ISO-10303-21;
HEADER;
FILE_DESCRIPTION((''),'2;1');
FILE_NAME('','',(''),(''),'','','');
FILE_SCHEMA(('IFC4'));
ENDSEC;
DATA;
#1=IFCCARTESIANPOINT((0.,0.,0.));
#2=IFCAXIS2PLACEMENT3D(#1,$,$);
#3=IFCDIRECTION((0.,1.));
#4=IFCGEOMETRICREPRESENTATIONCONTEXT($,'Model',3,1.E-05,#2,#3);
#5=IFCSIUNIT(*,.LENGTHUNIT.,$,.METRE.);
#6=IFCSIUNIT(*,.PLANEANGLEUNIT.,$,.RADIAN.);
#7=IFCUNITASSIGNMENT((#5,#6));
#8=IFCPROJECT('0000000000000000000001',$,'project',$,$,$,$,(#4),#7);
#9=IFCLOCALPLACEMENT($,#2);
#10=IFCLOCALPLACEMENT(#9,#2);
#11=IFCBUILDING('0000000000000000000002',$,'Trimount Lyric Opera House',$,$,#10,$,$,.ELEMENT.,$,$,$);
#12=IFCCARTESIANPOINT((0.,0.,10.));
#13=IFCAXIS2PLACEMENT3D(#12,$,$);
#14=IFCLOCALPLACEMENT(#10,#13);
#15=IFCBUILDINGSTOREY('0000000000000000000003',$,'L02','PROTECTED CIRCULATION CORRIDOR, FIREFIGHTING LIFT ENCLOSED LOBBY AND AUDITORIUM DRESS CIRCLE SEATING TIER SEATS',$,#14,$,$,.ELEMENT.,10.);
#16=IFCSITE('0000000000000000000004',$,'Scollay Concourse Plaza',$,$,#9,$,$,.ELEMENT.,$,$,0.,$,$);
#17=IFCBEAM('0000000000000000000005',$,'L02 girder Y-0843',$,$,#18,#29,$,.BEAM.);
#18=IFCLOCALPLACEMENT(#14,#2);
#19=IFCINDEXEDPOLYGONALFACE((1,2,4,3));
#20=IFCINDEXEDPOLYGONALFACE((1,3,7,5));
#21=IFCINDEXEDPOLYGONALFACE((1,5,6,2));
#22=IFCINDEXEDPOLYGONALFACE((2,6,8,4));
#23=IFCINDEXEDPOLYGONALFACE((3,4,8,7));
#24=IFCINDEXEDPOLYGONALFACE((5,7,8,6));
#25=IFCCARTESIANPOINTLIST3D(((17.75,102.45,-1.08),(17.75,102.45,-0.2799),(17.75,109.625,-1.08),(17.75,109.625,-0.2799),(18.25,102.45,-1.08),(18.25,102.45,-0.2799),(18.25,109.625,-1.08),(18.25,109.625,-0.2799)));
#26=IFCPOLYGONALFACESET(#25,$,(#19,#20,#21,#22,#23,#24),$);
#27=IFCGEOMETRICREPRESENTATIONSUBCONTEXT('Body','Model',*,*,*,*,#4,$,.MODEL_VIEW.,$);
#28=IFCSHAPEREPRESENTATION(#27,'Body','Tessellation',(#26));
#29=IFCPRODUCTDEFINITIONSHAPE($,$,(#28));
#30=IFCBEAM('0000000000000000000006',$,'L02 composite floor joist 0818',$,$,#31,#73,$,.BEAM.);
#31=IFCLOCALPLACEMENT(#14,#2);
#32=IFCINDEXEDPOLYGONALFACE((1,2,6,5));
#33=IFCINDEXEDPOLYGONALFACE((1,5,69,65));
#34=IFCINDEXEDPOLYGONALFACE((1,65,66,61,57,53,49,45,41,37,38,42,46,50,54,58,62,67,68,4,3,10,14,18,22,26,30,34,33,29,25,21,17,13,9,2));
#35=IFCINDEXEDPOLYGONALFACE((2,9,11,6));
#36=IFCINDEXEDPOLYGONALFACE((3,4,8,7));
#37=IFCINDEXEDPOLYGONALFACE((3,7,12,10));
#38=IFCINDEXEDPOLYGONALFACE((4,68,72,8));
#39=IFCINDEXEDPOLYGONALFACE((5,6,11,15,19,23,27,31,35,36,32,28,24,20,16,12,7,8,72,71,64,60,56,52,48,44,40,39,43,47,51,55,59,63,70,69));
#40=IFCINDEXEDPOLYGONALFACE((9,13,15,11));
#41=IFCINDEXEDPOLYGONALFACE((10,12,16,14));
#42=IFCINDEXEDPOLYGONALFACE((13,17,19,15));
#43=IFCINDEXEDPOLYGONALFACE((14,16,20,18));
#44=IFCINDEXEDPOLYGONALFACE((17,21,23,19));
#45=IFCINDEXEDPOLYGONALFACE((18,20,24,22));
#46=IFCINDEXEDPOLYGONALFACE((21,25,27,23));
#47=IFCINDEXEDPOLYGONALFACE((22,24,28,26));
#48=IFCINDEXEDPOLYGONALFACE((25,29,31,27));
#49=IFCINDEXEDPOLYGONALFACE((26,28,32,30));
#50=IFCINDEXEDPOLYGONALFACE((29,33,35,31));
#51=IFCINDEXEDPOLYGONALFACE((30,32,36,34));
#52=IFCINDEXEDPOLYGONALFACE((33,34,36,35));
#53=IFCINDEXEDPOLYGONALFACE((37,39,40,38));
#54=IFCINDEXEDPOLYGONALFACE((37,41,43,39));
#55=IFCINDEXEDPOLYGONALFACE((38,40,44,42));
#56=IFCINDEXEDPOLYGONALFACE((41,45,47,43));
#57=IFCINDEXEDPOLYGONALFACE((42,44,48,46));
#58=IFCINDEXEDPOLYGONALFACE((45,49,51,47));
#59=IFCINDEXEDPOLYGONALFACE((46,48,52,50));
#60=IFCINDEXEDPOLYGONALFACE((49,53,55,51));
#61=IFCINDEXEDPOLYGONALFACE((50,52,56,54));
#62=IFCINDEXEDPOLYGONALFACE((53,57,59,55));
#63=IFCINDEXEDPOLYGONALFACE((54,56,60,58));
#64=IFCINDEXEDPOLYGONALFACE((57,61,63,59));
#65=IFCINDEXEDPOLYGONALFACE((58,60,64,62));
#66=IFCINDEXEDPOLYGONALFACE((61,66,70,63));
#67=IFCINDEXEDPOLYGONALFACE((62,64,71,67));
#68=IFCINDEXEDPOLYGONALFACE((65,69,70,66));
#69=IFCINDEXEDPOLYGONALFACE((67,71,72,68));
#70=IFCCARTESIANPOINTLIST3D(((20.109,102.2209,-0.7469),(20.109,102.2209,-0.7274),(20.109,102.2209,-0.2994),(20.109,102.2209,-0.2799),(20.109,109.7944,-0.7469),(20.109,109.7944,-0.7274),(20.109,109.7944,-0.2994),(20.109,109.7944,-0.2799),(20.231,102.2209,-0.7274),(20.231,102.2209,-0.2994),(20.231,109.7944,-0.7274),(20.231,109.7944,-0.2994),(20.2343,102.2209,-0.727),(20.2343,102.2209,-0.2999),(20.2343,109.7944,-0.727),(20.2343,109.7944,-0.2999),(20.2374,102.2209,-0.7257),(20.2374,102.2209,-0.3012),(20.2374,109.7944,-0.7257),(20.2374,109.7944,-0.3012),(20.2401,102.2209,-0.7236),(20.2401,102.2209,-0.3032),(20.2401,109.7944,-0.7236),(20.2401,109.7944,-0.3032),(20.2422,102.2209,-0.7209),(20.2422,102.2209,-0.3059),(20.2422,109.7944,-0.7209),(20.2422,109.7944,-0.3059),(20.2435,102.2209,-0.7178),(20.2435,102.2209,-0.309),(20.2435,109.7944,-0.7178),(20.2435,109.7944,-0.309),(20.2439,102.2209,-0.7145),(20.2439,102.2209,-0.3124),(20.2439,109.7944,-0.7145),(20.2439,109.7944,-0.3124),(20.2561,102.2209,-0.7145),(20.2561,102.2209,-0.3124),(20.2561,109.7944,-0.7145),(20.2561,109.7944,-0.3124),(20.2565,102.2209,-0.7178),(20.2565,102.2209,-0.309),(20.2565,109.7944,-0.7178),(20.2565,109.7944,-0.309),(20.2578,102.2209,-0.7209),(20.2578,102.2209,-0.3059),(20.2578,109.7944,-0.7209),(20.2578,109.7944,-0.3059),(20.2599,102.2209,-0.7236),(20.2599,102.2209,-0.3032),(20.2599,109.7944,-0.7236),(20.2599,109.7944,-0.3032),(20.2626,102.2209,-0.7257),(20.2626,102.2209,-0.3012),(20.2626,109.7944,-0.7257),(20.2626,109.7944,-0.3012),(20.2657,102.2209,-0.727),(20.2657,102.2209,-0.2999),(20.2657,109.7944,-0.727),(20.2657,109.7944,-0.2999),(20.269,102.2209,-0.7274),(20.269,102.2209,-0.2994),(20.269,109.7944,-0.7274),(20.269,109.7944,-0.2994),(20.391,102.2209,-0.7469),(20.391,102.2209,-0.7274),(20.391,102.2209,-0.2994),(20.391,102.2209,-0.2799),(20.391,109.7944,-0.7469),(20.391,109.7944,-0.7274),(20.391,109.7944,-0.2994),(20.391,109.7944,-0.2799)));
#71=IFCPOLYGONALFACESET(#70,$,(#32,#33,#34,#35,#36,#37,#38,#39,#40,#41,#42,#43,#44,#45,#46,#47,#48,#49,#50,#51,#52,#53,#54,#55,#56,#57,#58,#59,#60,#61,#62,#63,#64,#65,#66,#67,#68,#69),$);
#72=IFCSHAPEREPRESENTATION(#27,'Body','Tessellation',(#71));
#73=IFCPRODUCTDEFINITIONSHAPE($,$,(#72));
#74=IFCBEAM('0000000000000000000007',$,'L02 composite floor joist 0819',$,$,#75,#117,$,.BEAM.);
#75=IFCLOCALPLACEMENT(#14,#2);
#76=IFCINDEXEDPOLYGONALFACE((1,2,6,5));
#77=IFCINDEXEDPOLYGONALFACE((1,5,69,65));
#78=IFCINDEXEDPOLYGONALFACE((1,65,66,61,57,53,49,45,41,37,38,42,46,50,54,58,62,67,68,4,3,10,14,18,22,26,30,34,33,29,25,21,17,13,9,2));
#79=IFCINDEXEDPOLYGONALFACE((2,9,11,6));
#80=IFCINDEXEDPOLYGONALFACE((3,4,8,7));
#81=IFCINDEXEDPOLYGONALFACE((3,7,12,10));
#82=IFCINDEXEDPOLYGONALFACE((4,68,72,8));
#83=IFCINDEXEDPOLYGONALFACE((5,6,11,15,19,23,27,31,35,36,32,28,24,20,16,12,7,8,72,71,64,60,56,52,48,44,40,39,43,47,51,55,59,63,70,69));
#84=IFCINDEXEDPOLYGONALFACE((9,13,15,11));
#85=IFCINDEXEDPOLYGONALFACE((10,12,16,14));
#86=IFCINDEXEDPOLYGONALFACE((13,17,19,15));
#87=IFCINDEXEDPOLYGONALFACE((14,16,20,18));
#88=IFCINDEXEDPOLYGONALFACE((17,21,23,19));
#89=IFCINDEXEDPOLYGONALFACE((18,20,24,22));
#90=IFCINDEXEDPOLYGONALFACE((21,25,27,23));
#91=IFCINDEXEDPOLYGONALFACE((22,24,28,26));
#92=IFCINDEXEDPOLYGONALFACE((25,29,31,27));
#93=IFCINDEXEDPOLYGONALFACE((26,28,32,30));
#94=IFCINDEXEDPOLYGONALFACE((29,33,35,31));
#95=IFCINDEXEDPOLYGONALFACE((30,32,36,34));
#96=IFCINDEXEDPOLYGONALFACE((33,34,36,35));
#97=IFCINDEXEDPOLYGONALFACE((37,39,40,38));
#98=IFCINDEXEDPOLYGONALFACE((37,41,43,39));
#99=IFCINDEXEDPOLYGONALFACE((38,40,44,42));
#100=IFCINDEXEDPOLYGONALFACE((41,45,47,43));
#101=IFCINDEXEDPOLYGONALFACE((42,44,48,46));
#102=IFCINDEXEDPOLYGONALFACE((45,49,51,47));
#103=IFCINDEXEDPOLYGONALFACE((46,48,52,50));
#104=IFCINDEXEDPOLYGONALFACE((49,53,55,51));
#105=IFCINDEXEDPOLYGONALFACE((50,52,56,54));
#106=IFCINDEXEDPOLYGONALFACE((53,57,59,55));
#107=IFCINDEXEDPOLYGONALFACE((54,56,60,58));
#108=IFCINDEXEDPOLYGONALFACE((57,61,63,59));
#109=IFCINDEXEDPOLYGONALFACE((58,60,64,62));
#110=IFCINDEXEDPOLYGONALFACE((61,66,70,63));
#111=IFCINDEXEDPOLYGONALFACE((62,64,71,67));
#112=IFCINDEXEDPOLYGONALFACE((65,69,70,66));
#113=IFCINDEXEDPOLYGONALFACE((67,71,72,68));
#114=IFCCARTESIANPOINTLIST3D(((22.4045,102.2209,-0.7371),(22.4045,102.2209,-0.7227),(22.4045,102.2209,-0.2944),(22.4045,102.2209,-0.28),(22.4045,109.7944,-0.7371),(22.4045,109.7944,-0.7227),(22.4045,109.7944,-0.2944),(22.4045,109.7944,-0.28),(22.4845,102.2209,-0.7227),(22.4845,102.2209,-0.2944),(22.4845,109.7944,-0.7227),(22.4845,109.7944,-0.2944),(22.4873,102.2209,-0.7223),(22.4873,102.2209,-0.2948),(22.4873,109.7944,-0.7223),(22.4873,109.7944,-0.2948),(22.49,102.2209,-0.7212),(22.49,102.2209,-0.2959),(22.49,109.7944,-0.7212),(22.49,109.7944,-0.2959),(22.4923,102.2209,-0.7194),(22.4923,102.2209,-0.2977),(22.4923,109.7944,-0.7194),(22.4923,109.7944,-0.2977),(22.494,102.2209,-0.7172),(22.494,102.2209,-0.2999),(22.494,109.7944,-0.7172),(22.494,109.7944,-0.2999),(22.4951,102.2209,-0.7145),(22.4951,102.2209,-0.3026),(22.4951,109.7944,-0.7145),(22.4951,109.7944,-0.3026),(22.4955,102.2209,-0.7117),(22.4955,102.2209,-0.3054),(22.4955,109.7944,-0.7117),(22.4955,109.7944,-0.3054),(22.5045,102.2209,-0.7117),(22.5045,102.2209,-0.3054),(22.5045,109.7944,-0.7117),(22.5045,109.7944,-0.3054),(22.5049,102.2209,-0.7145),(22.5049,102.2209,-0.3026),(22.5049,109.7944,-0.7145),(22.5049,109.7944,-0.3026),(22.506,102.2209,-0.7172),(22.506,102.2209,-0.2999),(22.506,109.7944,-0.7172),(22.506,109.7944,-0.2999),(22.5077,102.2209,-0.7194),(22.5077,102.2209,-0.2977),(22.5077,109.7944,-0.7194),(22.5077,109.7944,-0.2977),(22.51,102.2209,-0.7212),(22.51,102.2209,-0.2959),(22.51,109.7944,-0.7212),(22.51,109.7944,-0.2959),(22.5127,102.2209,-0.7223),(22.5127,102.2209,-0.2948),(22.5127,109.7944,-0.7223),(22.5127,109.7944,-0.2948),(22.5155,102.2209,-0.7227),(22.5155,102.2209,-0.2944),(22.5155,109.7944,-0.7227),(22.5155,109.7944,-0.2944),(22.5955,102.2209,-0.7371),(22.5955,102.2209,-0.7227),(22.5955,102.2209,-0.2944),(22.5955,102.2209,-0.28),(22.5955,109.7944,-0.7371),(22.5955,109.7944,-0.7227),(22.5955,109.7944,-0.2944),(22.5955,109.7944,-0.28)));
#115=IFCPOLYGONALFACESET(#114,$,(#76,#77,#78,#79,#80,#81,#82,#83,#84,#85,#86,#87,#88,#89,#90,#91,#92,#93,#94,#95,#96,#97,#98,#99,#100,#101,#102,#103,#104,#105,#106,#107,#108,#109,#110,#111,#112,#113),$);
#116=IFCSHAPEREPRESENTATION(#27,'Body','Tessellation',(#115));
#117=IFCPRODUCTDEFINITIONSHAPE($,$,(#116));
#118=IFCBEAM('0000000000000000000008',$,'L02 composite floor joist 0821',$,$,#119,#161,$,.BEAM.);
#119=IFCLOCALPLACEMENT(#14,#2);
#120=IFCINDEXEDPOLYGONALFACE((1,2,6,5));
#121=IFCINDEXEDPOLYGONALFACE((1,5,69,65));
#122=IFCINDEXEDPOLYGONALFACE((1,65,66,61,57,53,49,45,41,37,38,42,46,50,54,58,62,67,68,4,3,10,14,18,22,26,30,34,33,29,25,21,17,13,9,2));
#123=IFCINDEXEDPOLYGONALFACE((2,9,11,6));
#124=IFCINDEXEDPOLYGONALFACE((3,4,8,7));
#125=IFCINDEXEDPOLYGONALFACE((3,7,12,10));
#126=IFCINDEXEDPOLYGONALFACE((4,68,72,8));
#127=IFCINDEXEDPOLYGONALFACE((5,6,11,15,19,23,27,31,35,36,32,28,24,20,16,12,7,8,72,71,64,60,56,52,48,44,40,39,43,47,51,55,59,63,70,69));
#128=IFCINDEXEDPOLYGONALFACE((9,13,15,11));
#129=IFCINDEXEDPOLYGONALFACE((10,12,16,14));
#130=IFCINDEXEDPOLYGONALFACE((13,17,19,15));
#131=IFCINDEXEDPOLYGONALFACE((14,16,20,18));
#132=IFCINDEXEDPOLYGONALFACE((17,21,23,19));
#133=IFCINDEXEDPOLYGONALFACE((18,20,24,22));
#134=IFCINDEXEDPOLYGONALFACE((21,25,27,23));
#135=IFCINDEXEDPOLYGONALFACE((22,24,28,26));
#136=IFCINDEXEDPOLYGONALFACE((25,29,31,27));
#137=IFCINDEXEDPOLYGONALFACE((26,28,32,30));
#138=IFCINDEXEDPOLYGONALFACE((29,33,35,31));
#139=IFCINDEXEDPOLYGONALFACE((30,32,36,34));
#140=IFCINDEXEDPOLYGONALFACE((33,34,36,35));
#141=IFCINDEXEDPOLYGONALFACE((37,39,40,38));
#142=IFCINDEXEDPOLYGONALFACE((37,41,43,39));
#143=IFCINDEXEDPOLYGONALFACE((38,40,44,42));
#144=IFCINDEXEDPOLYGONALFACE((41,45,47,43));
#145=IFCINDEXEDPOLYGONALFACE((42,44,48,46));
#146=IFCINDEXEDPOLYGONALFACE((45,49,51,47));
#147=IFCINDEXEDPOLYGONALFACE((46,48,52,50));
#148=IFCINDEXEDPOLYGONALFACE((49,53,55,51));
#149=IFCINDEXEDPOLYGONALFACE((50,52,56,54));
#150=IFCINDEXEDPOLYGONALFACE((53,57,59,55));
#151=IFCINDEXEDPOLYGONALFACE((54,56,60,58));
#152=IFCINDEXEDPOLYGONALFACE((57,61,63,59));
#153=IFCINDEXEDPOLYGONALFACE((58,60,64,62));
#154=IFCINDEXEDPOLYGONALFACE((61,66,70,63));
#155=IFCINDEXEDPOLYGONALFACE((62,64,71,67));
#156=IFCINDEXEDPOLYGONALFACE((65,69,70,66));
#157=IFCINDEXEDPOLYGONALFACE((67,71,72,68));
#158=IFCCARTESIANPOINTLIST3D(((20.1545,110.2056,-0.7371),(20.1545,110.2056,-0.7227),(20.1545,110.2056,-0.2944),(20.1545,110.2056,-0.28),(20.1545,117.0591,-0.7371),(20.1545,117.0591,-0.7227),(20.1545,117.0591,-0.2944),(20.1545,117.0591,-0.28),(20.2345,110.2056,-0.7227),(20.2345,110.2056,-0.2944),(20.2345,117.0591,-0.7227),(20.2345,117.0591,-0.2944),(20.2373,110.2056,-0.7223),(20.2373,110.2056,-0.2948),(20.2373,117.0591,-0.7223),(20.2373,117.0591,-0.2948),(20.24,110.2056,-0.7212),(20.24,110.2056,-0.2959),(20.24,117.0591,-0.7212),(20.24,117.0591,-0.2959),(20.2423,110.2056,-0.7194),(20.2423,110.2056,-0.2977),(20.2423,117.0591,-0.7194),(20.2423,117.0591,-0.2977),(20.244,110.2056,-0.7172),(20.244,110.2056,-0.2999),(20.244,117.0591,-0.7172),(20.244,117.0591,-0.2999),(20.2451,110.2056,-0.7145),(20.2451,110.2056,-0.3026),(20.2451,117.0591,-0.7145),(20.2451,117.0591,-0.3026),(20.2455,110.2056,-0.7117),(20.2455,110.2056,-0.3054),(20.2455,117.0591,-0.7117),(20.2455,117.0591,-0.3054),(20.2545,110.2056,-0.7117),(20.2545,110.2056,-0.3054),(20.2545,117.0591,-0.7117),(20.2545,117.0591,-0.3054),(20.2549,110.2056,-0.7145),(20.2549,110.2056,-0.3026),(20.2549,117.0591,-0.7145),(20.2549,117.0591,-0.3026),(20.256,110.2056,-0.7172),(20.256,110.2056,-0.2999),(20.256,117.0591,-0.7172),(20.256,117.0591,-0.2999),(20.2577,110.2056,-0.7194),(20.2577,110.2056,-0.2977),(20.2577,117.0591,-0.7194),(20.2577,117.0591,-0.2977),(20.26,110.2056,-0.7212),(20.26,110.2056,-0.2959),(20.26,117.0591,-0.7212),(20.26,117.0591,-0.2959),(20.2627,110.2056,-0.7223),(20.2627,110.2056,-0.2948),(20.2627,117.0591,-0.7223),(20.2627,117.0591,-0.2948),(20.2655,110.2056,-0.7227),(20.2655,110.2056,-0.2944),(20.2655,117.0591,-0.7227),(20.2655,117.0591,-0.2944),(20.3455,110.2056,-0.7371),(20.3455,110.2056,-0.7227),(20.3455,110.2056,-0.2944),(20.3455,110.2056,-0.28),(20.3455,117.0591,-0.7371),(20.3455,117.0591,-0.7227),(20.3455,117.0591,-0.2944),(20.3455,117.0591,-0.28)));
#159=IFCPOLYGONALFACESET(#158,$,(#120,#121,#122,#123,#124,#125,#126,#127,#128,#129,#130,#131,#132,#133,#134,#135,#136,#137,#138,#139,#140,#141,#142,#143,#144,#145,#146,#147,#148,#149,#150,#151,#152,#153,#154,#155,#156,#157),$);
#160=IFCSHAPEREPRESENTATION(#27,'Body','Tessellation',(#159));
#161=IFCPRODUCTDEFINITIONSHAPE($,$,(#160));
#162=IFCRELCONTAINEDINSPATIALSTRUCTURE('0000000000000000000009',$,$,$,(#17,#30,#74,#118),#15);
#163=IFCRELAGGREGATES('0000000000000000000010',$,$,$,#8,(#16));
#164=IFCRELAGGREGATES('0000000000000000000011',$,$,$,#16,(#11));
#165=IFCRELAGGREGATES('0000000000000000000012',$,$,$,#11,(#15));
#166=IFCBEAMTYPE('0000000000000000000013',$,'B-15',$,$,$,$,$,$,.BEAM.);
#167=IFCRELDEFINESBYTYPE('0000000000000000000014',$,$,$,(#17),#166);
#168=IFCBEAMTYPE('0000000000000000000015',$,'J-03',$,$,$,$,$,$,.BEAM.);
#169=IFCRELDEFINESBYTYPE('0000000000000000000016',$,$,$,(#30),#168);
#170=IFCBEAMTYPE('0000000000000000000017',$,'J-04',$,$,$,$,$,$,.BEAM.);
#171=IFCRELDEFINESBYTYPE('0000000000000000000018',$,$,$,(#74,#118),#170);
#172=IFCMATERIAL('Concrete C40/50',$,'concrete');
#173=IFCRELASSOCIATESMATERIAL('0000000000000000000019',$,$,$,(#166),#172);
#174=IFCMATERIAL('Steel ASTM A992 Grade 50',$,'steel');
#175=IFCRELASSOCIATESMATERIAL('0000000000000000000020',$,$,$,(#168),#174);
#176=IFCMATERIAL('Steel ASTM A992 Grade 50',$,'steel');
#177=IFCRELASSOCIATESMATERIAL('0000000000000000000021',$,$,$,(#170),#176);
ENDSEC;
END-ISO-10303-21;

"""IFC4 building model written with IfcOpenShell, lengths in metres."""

from ifc_helpers import new_model, si_unit, direction, frame, origin, origin_2d, place, context, subcontext, project, spatial, rectangle, i_section, extrude, material, material_profile, profile_set, type_object, element, save


model = new_model("IFC4")

# Units and contexts
model_context = context("Model", 3, precision=1e-05, world=origin(), true_north=direction((0.0, 1.0)))
body_context = subcontext(model_context, "Body", "Model", "MODEL_VIEW")
ifc_project = project(units=[si_unit("LENGTHUNIT", "METRE"), si_unit("PLANEANGLEUNIT", "RADIAN")], contexts=[model_context])

# Site, building, storey
site_placement = place(None, origin())
site = spatial("IfcSite", under=ifc_project, at=site_placement, Name="Scollay Concourse Plaza", CompositionType="ELEMENT", RefElevation=0.0)
building_placement = place(site_placement, origin())
building = spatial("IfcBuilding", under=site, at=building_placement, Name="Trimount Lyric Opera House", CompositionType="ELEMENT")
storey_placement = place(building_placement, frame((0.0, 0.0, 10.0)))
storey = spatial("IfcBuildingStorey", under=building, at=storey_placement, Name="L02", Description="PROTECTED CIRCULATION CORRIDOR, FIREFIGHTING LIFT ENCLOSED LOBBY AND AUDITORIUM DRESS CIRCLE SEATING TIER SEATS", CompositionType="ELEMENT", Elevation=10.0)

# Beams
ifc_material_1 = material(Name="Concrete C40/50", Category="concrete")
ifc_material_profile_1 = material_profile(ifc_material_1, rectangle(XDim=0.5, YDim=0.8, at=origin_2d()), Name="RC500X800")
ifc_profile_set_1 = profile_set([ifc_material_profile_1], Name="Concrete C40/50")
beam_type_1 = type_object("IfcBeamType", Name="B-15", PredefinedType="BEAM", material=ifc_profile_set_1)
beam_1_placement = place(storey_placement, frame((18.0, 102.45, -0.6799), z_axis=(0.0, 1.0, 0.0), x_axis=(-1.0, 0.0, 0.0)))
element("IfcBeam", 1, at=beam_1_placement, inside=storey, type_object=beam_type_1, Name="L02 girder Y-0843", PredefinedType="BEAM", context=body_context, shape_type="SweptSolid", body=[
    extrude(rectangle(XDim=0.5, YDim=0.8, at=origin_2d()), origin(), (0.0, 0.0, 1.0), 7.175),
])
ifc_material_2 = material(Name="Steel ASTM A992 Grade 50", Category="steel")
ifc_material_profile_2 = material_profile(ifc_material_2, i_section(OverallWidth=0.282, OverallDepth=0.467, WebThickness=0.0122, FlangeThickness=0.0195, FilletRadius=0.0129, at=origin_2d()), Name="W18X86")
ifc_profile_set_2 = profile_set([ifc_material_profile_2], Name="Steel ASTM A992 Grade 50")
beam_type_2 = type_object("IfcBeamType", Name="J-03", PredefinedType="BEAM", material=ifc_profile_set_2)
beam_2_placement = place(storey_placement, frame((20.25, 102.2209, -0.5134), z_axis=(0.0, 1.0, 0.0), x_axis=(-1.0, 0.0, 0.0)))
element("IfcBeam", 2, at=beam_2_placement, inside=storey, type_object=beam_type_2, Name="L02 composite floor joist 0818", PredefinedType="BEAM", context=body_context, shape_type="SweptSolid", body=[
    extrude(i_section(OverallWidth=0.282, OverallDepth=0.467, WebThickness=0.0122, FlangeThickness=0.0195, FilletRadius=0.0129, at=origin_2d()), origin(), (0.0, 0.0, 1.0), 7.5735),
])
ifc_material_3 = material(Name="Steel ASTM A992 Grade 50", Category="steel")
ifc_material_profile_3 = material_profile(ifc_material_3, i_section(OverallWidth=0.1909, OverallDepth=0.457, WebThickness=0.009, FlangeThickness=0.0144, FilletRadius=0.011, at=origin_2d()), Name="W18X50")
ifc_profile_set_3 = profile_set([ifc_material_profile_3], Name="Steel ASTM A992 Grade 50")
beam_type_3 = type_object("IfcBeamType", Name="J-04", PredefinedType="BEAM", material=ifc_profile_set_3)
beam_3_placement = place(storey_placement, frame((22.5, 102.2209, -0.5085), z_axis=(0.0, 1.0, 0.0), x_axis=(-1.0, 0.0, 0.0)))
element("IfcBeam", 3, at=beam_3_placement, inside=storey, type_object=beam_type_3, Name="L02 composite floor joist 0819", PredefinedType="BEAM", context=body_context, shape_type="SweptSolid", body=[
    extrude(i_section(OverallWidth=0.1909, OverallDepth=0.457, WebThickness=0.009, FlangeThickness=0.0144, FilletRadius=0.011, at=origin_2d()), origin(), (0.0, 0.0, 1.0), 7.5735),
])
beam_4_placement = place(storey_placement, frame((20.25, 110.2056, -0.5085), z_axis=(0.0, 1.0, 0.0), x_axis=(-1.0, 0.0, 0.0)))
element("IfcBeam", 4, at=beam_4_placement, inside=storey, type_object=beam_type_3, Name="L02 composite floor joist 0821", PredefinedType="BEAM", context=body_context, shape_type="SweptSolid", body=[
    extrude(i_section(OverallWidth=0.1909, OverallDepth=0.457, WebThickness=0.009, FlangeThickness=0.0144, FilletRadius=0.011, at=origin_2d()), origin(), (0.0, 0.0, 1.0), 6.8535),
])

save(model, "model.ifc")
